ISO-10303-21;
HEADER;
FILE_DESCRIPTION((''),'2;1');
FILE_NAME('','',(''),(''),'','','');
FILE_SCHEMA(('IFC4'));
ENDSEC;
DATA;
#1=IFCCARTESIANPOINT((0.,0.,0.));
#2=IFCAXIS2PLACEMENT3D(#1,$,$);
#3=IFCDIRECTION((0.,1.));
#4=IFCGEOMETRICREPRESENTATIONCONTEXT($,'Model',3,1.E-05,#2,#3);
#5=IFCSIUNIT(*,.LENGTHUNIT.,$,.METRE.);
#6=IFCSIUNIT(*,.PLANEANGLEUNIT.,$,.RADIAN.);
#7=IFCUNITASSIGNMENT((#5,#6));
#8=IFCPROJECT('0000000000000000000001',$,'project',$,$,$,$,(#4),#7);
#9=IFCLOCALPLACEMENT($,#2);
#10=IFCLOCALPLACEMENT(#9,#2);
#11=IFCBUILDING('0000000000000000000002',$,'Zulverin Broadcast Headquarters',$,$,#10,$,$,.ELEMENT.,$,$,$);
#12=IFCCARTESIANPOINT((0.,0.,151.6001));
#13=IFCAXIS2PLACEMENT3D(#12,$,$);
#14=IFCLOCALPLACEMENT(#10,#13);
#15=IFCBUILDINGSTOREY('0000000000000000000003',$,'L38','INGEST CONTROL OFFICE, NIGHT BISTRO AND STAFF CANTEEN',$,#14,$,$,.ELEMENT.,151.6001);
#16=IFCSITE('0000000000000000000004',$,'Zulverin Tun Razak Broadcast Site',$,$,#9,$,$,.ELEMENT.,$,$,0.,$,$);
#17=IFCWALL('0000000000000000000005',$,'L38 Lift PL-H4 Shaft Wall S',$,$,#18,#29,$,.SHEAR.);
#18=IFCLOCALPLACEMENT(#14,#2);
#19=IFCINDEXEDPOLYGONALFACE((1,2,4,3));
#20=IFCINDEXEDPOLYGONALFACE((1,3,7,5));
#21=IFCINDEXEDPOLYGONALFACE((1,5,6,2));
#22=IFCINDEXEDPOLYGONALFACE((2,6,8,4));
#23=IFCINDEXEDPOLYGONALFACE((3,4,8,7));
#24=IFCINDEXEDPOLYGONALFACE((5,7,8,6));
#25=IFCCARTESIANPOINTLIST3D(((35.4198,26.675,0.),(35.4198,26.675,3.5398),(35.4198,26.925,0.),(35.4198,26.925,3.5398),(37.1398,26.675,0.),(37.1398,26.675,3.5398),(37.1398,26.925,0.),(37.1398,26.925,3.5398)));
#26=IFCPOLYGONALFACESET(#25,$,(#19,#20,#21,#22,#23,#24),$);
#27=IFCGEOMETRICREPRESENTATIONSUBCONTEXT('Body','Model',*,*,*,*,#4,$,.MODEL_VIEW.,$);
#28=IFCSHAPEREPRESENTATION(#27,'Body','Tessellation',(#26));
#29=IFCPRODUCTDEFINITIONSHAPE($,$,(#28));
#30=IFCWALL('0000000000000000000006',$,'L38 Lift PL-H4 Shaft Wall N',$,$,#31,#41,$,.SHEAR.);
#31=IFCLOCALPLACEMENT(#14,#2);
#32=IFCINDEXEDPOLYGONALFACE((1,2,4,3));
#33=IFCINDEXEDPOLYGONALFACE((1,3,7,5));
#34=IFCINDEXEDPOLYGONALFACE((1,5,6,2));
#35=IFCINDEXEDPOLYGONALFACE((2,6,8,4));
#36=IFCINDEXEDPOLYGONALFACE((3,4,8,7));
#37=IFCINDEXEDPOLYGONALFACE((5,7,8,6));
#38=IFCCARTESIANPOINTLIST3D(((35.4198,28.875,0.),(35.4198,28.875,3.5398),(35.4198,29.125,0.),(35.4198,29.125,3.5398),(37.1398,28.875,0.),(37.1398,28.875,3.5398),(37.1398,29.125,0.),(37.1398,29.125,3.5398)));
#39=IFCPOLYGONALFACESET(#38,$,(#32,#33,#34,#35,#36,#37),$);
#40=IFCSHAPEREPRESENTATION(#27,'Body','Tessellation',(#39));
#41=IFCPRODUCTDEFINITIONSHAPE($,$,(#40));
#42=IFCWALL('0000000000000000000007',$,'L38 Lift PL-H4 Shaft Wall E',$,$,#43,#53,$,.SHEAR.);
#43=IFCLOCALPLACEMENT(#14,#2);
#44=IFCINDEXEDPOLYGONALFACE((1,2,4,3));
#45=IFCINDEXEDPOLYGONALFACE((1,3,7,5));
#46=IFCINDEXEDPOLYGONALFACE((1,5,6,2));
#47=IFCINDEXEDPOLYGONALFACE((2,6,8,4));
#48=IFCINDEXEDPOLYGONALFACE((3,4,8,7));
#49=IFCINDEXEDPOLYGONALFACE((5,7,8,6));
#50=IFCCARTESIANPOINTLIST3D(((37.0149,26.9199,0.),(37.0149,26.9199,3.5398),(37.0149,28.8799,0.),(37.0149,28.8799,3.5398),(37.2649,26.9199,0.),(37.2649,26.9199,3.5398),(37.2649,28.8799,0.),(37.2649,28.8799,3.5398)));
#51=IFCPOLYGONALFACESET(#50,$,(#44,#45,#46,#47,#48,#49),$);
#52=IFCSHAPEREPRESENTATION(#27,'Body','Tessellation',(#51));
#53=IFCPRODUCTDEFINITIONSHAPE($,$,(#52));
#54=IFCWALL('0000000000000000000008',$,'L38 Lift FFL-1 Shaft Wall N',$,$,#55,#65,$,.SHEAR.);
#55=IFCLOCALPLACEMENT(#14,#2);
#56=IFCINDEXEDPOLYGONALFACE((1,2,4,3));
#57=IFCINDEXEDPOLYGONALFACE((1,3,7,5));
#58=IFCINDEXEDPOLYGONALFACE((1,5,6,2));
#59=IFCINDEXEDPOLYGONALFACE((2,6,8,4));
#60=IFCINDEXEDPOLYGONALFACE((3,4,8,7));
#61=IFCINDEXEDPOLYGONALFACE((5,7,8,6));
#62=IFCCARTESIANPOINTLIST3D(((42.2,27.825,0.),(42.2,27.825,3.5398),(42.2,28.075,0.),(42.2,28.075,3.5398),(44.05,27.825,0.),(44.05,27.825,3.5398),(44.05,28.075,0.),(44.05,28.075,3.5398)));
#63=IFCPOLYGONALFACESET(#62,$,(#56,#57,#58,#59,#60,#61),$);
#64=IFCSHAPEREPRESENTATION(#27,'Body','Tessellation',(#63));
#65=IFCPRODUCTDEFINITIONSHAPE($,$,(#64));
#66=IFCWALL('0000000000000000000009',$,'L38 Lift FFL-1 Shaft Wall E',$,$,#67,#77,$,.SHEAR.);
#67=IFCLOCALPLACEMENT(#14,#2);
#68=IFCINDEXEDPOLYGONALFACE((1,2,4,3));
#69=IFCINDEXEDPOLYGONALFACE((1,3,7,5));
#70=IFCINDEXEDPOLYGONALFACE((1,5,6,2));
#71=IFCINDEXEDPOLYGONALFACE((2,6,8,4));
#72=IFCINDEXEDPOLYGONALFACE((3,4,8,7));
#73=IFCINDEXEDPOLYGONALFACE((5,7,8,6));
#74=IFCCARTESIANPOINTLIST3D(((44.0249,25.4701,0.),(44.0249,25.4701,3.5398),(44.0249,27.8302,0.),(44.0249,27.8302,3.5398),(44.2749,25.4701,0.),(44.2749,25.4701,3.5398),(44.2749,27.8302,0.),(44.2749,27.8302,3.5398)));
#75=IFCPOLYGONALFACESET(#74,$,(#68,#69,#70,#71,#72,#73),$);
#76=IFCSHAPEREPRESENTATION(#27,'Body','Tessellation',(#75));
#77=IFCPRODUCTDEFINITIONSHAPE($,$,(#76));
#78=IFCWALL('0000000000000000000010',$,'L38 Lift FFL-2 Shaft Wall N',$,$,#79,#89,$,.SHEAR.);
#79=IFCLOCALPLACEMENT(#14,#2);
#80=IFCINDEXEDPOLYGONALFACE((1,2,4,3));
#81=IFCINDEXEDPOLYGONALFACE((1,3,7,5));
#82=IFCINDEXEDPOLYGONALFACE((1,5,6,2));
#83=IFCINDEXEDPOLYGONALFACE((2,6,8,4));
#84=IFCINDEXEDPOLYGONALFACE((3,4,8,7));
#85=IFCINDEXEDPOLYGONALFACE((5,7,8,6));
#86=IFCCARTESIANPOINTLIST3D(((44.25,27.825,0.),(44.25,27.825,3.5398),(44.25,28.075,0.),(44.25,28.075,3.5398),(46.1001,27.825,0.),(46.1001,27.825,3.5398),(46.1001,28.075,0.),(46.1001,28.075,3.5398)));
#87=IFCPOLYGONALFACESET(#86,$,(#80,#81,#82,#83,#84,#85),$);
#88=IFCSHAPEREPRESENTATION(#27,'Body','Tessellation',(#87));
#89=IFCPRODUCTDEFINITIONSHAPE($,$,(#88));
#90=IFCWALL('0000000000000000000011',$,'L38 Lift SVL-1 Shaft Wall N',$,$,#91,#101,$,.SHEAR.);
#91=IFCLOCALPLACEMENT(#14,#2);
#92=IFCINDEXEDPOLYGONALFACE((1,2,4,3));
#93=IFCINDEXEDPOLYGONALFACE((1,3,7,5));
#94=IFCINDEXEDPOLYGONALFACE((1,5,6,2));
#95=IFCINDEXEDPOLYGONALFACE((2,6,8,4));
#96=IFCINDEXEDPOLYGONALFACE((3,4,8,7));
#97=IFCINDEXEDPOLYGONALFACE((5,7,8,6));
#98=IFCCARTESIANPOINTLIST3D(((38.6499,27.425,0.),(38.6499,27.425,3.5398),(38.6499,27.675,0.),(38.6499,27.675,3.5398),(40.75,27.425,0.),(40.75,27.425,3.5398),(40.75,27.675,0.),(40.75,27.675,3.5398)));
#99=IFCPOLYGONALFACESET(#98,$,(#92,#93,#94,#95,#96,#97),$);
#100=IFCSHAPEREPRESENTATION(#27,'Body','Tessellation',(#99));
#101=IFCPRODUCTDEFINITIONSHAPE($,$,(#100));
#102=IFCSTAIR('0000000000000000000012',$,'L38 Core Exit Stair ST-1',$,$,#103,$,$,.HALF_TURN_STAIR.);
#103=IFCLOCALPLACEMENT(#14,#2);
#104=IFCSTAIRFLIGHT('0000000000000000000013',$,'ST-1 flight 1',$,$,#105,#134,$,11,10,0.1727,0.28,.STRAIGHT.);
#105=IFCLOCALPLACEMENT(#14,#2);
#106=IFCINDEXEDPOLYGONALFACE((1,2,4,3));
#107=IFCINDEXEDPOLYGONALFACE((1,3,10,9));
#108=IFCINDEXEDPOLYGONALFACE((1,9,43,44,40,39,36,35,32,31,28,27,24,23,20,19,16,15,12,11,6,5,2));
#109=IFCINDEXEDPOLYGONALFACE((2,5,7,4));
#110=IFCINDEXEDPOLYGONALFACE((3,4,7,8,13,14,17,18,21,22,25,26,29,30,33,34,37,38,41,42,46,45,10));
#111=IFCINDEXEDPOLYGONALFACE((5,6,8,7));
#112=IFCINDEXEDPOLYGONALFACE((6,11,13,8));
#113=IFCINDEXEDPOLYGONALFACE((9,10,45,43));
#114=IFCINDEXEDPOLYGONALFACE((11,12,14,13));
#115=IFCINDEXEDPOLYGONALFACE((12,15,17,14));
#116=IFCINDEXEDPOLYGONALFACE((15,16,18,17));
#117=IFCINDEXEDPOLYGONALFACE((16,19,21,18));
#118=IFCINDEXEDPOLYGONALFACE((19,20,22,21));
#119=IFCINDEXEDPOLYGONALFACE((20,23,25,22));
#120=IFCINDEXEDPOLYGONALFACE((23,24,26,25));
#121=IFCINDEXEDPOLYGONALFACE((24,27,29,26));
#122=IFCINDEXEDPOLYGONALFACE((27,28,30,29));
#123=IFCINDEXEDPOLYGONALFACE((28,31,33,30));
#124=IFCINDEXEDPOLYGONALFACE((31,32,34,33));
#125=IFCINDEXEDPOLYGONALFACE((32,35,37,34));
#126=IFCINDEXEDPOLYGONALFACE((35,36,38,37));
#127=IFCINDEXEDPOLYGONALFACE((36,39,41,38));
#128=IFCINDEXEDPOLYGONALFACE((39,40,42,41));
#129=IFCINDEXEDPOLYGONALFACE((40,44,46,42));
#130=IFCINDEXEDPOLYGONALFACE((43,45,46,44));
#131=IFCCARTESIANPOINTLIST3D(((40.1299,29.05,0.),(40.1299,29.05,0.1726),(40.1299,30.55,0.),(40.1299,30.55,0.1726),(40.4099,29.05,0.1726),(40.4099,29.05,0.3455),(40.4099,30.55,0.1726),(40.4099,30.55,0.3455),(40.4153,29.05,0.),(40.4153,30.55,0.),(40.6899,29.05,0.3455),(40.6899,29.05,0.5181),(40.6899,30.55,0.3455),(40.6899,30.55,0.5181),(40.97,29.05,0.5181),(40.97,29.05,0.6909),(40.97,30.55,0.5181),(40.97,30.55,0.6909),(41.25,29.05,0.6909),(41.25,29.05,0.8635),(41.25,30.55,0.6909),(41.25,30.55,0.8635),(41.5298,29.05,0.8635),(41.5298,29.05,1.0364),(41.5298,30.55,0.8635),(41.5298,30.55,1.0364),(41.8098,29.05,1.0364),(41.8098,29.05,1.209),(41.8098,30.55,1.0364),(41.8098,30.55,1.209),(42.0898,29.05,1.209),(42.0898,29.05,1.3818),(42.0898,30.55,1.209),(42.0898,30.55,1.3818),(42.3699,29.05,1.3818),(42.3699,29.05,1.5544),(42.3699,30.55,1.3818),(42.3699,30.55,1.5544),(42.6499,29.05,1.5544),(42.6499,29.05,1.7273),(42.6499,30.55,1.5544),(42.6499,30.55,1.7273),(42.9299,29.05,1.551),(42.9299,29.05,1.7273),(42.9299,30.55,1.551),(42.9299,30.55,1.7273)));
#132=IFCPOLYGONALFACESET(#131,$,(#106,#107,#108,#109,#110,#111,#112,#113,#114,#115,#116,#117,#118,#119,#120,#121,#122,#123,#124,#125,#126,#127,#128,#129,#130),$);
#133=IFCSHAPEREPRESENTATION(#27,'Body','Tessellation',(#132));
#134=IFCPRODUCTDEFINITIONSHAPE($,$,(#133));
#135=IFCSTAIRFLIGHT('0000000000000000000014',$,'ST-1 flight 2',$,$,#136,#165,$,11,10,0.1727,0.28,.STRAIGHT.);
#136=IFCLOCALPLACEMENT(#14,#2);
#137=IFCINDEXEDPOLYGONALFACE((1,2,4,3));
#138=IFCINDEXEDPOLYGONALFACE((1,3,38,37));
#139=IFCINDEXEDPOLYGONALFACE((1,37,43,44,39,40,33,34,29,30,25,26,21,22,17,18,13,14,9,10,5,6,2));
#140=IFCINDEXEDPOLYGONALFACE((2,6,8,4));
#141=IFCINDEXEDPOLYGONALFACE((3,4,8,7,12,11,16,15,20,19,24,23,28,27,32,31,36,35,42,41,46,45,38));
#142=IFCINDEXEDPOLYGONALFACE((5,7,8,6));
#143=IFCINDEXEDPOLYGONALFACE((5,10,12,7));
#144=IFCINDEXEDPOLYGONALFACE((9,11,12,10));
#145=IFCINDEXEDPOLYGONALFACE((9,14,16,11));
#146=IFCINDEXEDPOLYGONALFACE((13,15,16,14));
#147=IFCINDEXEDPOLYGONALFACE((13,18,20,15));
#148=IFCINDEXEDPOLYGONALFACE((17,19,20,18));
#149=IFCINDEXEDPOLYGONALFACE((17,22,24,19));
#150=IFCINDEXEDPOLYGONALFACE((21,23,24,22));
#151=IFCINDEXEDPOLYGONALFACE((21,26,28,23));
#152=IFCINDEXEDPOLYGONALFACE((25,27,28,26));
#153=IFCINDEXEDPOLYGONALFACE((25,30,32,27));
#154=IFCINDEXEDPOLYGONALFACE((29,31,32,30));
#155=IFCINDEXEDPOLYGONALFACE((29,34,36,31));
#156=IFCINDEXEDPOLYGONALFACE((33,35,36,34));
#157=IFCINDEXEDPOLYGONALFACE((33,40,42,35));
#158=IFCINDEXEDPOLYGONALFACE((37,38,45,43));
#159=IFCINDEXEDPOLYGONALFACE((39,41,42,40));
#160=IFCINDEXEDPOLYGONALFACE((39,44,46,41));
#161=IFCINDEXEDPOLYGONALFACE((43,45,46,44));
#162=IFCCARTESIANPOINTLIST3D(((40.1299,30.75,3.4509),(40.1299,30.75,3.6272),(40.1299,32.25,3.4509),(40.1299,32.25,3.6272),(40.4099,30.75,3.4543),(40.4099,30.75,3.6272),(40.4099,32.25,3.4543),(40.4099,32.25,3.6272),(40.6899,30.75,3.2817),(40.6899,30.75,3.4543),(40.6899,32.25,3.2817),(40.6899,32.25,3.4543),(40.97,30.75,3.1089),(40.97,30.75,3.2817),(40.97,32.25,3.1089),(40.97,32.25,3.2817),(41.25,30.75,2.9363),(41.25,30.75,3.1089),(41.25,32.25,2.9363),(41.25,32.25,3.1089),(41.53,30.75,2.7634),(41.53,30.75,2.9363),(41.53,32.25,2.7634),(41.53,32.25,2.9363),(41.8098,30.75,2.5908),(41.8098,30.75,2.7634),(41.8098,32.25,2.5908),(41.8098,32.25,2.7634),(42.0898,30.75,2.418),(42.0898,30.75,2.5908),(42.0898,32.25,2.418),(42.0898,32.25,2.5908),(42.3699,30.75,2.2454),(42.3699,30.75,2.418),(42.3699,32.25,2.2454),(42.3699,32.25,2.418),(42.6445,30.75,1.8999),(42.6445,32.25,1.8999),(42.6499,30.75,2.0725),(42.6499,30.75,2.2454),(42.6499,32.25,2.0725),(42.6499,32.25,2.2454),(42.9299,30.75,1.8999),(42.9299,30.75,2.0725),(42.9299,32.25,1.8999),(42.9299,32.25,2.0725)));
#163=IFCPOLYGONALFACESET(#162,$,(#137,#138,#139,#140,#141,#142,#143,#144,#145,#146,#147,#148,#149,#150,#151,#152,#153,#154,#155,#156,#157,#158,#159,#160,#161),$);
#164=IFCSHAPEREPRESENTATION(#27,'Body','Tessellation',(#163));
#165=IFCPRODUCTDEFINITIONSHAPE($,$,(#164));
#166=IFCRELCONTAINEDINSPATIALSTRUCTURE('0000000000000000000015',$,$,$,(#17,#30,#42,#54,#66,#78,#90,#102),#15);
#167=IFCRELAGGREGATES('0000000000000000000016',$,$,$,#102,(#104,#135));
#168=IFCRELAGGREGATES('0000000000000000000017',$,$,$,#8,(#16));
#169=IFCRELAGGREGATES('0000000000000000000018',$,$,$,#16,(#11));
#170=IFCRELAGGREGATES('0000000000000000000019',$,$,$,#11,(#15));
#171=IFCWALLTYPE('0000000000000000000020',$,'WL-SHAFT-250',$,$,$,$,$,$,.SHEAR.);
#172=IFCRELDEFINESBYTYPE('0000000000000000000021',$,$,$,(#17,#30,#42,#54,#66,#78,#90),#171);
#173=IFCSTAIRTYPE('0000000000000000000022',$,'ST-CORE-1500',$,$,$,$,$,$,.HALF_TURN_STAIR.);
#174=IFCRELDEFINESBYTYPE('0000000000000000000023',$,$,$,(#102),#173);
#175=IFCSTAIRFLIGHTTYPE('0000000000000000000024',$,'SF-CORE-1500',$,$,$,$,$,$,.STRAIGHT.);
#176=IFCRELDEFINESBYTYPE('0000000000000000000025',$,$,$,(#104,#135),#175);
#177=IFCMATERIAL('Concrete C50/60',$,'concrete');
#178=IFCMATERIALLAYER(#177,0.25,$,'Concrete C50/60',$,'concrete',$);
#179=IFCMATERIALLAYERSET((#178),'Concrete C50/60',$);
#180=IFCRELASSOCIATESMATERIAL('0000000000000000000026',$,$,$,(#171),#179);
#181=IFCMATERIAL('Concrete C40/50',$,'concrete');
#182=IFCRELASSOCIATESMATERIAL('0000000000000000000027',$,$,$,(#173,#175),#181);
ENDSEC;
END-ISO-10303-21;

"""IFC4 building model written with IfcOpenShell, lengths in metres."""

from ifc_helpers import new_model, si_unit, direction, frame, frame_2d, origin, place, context, subcontext, project, spatial, polyline, rectangle, outline, extrude, material, layer, layer_set, type_object, element, aggregate, save


model = new_model("IFC4")

# Units and contexts
model_context = context("Model", 3, precision=1e-05, world=origin(), true_north=direction((0.0, 1.0)))
body_context = subcontext(model_context, "Body", "Model", "MODEL_VIEW")
ifc_project = project(units=[si_unit("LENGTHUNIT", "METRE"), si_unit("PLANEANGLEUNIT", "RADIAN")], contexts=[model_context])

# Site, building, storey
site_placement = place(None, origin())
site = spatial("IfcSite", under=ifc_project, at=site_placement, Name="Zulverin Tun Razak Broadcast Site", CompositionType="ELEMENT", RefElevation=0.0)
building_placement = place(site_placement, origin())
building = spatial("IfcBuilding", under=site, at=building_placement, Name="Zulverin Broadcast Headquarters", CompositionType="ELEMENT")
storey_placement = place(building_placement, frame((0.0, 0.0, 151.6001)))
storey = spatial("IfcBuildingStorey", under=building, at=storey_placement, Name="L38", Description="INGEST CONTROL OFFICE, NIGHT BISTRO AND STAFF CANTEEN", CompositionType="ELEMENT", Elevation=151.6001)

# Shared definitions
ifc_material_1 = material(Name="Concrete C50/60", Category="concrete")

# Shared definitions
ifc_material_2 = material(Name="Concrete C40/50", Category="concrete")

# Shared definitions
ifc_layer_1 = layer(ifc_material_1, 0.25, Name="Concrete C50/60", Category="concrete")
ifc_layer_set_1 = layer_set([ifc_layer_1], Name="Concrete C50/60")
wall_type_1 = type_object("IfcWallType", Name="WL-SHAFT-250", PredefinedType="SHEAR", material=ifc_layer_set_1)

# Walls
for number, where, z_axis, x_axis, name in (
    (1, (35.4199, 26.8, 0.0), (0.0, 0.0, 1.0), (1.0, 0.0, 0.0), "L38 Lift PL-H4 Shaft Wall S"),
    (2, (35.4199, 29.0, 0.0), (0.0, 0.0, 1.0), (1.0, 0.0, 0.0), "L38 Lift PL-H4 Shaft Wall N"),
):
    element("IfcWall", number, at=place(storey_placement, frame(where, z_axis=z_axis, x_axis=x_axis)), inside=storey, type_object=wall_type_1, Name=name, PredefinedType="SHEAR", context=body_context, shape_type="SweptSolid", body=[
        extrude(rectangle(XDim=1.72, YDim=0.25, at=frame_2d((0.8599, 0.0))), origin(), (0.0, 0.0, 1.0), 3.5398),
    ])
wall_1_placement = place(storey_placement, frame((37.1399, 26.9199, 0.0), z_axis=(0.0, 0.0, 1.0), x_axis=(0.0, 1.0, 0.0)))
element("IfcWall", 3, at=wall_1_placement, inside=storey, type_object=wall_type_1, Name="L38 Lift PL-H4 Shaft Wall E", PredefinedType="SHEAR", context=body_context, shape_type="SweptSolid", body=[
    extrude(rectangle(XDim=1.96, YDim=0.25, at=frame_2d((0.98, 0.0))), origin(), (0.0, 0.0, 1.0), 3.5398),
])
wall_2_placement = place(storey_placement, frame((42.2, 27.95, 0.0), z_axis=(0.0, 0.0, 1.0), x_axis=(1.0, 0.0, 0.0)))
element("IfcWall", 4, at=wall_2_placement, inside=storey, type_object=wall_type_1, Name="L38 Lift FFL-1 Shaft Wall N", PredefinedType="SHEAR", context=body_context, shape_type="SweptSolid", body=[
    extrude(rectangle(XDim=1.8501, YDim=0.25, at=frame_2d((0.925, 0.0))), origin(), (0.0, 0.0, 1.0), 3.5398),
])
wall_3_placement = place(storey_placement, frame((44.1499, 25.47, 0.0), z_axis=(0.0, 0.0, 1.0), x_axis=(0.0, 1.0, 0.0)))
element("IfcWall", 5, at=wall_3_placement, inside=storey, type_object=wall_type_1, Name="L38 Lift FFL-1 Shaft Wall E", PredefinedType="SHEAR", context=body_context, shape_type="SweptSolid", body=[
    extrude(rectangle(XDim=2.3601, YDim=0.25, at=frame_2d((1.1802, 0.0))), origin(), (0.0, 0.0, 1.0), 3.5398),
])
wall_4_placement = place(storey_placement, frame((44.25, 27.95, 0.0), z_axis=(0.0, 0.0, 1.0), x_axis=(1.0, 0.0, 0.0)))
element("IfcWall", 6, at=wall_4_placement, inside=storey, type_object=wall_type_1, Name="L38 Lift FFL-2 Shaft Wall N", PredefinedType="SHEAR", context=body_context, shape_type="SweptSolid", body=[
    extrude(rectangle(XDim=1.8501, YDim=0.25, at=frame_2d((0.925, 0.0))), origin(), (0.0, 0.0, 1.0), 3.5398),
])
wall_5_placement = place(storey_placement, frame((38.6499, 27.55, 0.0), z_axis=(0.0, 0.0, 1.0), x_axis=(1.0, 0.0, 0.0)))
element("IfcWall", 7, at=wall_5_placement, inside=storey, type_object=wall_type_1, Name="L38 Lift SVL-1 Shaft Wall N", PredefinedType="SHEAR", context=body_context, shape_type="SweptSolid", body=[
    extrude(rectangle(XDim=2.1001, YDim=0.25, at=frame_2d((1.05, 0.0))), origin(), (0.0, 0.0, 1.0), 3.5398),
])

# Stair, stair flights
stair_type = type_object("IfcStairType", Name="ST-CORE-1500", PredefinedType="HALF_TURN_STAIR", material=ifc_material_2)
stair_placement = place(storey_placement, origin())
stair = element("IfcStair", 8, at=stair_placement, inside=storey, type_object=stair_type, Name="L38 Core Exit Stair ST-1", PredefinedType="HALF_TURN_STAIR")
stair_flight_type = type_object("IfcStairFlightType", Name="SF-CORE-1500", PredefinedType="STRAIGHT", material=ifc_material_2)
stair_flight_1_placement = place(storey_placement, frame((40.1299, 29.8, 0.0), z_axis=(0.0, 0.0, 1.0), x_axis=(1.0, 0.0, 0.0)))
stair_flight_1 = element("IfcStairFlight", 9, at=stair_flight_1_placement, type_object=stair_flight_type, Name="ST-1 flight 1", NumberOfRisers=11, NumberOfTreads=10, PredefinedType="STRAIGHT", RiserHeight=0.1727, TreadLength=0.28, context=body_context, shape_type="SweptSolid", body=[
    extrude(outline(polyline([(0.0, 0.0), (0.0, 0.1726), (0.28, 0.1726), (0.28, 0.3455), (0.5601, 0.3455), (0.5601, 0.5181), (0.8401, 0.5181), (0.8401, 0.6909), (1.1201, 0.6909), (1.1201, 0.8635), (1.3999, 0.8635), (1.3999, 1.0364), (1.6799, 1.0364), (1.6799, 1.209), (1.96, 1.209), (1.96, 1.3818), (2.24, 1.3818), (2.24, 1.5544), (2.52, 1.5544), (2.52, 1.7273), (2.8, 1.7273), (2.8, 1.8999), (2.8, 1.551), (0.2854, 0.0), (0.0, 0.0)])), frame((0.0, 0.75, 0.0), z_axis=(0.0, -1.0, 0.0), x_axis=(1.0, 0.0, 0.0)), (0.0, 0.0, 1.0), 1.5),
])
stair_flight_2_placement = place(storey_placement, frame((42.9299, 31.5, 1.8999), z_axis=(0.0, 0.0, 1.0), x_axis=(-1.0, 0.0, 0.0)))
stair_flight_2 = element("IfcStairFlight", 10, at=stair_flight_2_placement, type_object=stair_flight_type, Name="ST-1 flight 2", NumberOfRisers=11, NumberOfTreads=10, PredefinedType="STRAIGHT", RiserHeight=0.1727, TreadLength=0.28, context=body_context, shape_type="SweptSolid", body=[
    extrude(outline(polyline([(0.0, 0.0), (0.0, 0.1726), (0.28, 0.1726), (0.28, 0.3455), (0.5601, 0.3455), (0.5601, 0.5181), (0.8401, 0.5181), (0.8401, 0.6909), (1.1201, 0.6909), (1.1201, 0.8635), (1.3999, 0.8635), (1.3999, 1.0364), (1.6799, 1.0364), (1.6799, 1.209), (1.96, 1.209), (1.96, 1.3818), (2.24, 1.3818), (2.24, 1.5544), (2.52, 1.5544), (2.52, 1.7273), (2.8, 1.7273), (2.8, 1.8999), (2.8, 1.551), (0.2854, 0.0), (0.0, 0.0)])), frame((0.0, 0.75, 0.0), z_axis=(0.0, -1.0, 0.0), x_axis=(1.0, 0.0, 0.0)), (0.0, 0.0, 1.0), 1.5),
])
aggregate(stair, [stair_flight_1, stair_flight_2])

save(model, "model.ifc")
